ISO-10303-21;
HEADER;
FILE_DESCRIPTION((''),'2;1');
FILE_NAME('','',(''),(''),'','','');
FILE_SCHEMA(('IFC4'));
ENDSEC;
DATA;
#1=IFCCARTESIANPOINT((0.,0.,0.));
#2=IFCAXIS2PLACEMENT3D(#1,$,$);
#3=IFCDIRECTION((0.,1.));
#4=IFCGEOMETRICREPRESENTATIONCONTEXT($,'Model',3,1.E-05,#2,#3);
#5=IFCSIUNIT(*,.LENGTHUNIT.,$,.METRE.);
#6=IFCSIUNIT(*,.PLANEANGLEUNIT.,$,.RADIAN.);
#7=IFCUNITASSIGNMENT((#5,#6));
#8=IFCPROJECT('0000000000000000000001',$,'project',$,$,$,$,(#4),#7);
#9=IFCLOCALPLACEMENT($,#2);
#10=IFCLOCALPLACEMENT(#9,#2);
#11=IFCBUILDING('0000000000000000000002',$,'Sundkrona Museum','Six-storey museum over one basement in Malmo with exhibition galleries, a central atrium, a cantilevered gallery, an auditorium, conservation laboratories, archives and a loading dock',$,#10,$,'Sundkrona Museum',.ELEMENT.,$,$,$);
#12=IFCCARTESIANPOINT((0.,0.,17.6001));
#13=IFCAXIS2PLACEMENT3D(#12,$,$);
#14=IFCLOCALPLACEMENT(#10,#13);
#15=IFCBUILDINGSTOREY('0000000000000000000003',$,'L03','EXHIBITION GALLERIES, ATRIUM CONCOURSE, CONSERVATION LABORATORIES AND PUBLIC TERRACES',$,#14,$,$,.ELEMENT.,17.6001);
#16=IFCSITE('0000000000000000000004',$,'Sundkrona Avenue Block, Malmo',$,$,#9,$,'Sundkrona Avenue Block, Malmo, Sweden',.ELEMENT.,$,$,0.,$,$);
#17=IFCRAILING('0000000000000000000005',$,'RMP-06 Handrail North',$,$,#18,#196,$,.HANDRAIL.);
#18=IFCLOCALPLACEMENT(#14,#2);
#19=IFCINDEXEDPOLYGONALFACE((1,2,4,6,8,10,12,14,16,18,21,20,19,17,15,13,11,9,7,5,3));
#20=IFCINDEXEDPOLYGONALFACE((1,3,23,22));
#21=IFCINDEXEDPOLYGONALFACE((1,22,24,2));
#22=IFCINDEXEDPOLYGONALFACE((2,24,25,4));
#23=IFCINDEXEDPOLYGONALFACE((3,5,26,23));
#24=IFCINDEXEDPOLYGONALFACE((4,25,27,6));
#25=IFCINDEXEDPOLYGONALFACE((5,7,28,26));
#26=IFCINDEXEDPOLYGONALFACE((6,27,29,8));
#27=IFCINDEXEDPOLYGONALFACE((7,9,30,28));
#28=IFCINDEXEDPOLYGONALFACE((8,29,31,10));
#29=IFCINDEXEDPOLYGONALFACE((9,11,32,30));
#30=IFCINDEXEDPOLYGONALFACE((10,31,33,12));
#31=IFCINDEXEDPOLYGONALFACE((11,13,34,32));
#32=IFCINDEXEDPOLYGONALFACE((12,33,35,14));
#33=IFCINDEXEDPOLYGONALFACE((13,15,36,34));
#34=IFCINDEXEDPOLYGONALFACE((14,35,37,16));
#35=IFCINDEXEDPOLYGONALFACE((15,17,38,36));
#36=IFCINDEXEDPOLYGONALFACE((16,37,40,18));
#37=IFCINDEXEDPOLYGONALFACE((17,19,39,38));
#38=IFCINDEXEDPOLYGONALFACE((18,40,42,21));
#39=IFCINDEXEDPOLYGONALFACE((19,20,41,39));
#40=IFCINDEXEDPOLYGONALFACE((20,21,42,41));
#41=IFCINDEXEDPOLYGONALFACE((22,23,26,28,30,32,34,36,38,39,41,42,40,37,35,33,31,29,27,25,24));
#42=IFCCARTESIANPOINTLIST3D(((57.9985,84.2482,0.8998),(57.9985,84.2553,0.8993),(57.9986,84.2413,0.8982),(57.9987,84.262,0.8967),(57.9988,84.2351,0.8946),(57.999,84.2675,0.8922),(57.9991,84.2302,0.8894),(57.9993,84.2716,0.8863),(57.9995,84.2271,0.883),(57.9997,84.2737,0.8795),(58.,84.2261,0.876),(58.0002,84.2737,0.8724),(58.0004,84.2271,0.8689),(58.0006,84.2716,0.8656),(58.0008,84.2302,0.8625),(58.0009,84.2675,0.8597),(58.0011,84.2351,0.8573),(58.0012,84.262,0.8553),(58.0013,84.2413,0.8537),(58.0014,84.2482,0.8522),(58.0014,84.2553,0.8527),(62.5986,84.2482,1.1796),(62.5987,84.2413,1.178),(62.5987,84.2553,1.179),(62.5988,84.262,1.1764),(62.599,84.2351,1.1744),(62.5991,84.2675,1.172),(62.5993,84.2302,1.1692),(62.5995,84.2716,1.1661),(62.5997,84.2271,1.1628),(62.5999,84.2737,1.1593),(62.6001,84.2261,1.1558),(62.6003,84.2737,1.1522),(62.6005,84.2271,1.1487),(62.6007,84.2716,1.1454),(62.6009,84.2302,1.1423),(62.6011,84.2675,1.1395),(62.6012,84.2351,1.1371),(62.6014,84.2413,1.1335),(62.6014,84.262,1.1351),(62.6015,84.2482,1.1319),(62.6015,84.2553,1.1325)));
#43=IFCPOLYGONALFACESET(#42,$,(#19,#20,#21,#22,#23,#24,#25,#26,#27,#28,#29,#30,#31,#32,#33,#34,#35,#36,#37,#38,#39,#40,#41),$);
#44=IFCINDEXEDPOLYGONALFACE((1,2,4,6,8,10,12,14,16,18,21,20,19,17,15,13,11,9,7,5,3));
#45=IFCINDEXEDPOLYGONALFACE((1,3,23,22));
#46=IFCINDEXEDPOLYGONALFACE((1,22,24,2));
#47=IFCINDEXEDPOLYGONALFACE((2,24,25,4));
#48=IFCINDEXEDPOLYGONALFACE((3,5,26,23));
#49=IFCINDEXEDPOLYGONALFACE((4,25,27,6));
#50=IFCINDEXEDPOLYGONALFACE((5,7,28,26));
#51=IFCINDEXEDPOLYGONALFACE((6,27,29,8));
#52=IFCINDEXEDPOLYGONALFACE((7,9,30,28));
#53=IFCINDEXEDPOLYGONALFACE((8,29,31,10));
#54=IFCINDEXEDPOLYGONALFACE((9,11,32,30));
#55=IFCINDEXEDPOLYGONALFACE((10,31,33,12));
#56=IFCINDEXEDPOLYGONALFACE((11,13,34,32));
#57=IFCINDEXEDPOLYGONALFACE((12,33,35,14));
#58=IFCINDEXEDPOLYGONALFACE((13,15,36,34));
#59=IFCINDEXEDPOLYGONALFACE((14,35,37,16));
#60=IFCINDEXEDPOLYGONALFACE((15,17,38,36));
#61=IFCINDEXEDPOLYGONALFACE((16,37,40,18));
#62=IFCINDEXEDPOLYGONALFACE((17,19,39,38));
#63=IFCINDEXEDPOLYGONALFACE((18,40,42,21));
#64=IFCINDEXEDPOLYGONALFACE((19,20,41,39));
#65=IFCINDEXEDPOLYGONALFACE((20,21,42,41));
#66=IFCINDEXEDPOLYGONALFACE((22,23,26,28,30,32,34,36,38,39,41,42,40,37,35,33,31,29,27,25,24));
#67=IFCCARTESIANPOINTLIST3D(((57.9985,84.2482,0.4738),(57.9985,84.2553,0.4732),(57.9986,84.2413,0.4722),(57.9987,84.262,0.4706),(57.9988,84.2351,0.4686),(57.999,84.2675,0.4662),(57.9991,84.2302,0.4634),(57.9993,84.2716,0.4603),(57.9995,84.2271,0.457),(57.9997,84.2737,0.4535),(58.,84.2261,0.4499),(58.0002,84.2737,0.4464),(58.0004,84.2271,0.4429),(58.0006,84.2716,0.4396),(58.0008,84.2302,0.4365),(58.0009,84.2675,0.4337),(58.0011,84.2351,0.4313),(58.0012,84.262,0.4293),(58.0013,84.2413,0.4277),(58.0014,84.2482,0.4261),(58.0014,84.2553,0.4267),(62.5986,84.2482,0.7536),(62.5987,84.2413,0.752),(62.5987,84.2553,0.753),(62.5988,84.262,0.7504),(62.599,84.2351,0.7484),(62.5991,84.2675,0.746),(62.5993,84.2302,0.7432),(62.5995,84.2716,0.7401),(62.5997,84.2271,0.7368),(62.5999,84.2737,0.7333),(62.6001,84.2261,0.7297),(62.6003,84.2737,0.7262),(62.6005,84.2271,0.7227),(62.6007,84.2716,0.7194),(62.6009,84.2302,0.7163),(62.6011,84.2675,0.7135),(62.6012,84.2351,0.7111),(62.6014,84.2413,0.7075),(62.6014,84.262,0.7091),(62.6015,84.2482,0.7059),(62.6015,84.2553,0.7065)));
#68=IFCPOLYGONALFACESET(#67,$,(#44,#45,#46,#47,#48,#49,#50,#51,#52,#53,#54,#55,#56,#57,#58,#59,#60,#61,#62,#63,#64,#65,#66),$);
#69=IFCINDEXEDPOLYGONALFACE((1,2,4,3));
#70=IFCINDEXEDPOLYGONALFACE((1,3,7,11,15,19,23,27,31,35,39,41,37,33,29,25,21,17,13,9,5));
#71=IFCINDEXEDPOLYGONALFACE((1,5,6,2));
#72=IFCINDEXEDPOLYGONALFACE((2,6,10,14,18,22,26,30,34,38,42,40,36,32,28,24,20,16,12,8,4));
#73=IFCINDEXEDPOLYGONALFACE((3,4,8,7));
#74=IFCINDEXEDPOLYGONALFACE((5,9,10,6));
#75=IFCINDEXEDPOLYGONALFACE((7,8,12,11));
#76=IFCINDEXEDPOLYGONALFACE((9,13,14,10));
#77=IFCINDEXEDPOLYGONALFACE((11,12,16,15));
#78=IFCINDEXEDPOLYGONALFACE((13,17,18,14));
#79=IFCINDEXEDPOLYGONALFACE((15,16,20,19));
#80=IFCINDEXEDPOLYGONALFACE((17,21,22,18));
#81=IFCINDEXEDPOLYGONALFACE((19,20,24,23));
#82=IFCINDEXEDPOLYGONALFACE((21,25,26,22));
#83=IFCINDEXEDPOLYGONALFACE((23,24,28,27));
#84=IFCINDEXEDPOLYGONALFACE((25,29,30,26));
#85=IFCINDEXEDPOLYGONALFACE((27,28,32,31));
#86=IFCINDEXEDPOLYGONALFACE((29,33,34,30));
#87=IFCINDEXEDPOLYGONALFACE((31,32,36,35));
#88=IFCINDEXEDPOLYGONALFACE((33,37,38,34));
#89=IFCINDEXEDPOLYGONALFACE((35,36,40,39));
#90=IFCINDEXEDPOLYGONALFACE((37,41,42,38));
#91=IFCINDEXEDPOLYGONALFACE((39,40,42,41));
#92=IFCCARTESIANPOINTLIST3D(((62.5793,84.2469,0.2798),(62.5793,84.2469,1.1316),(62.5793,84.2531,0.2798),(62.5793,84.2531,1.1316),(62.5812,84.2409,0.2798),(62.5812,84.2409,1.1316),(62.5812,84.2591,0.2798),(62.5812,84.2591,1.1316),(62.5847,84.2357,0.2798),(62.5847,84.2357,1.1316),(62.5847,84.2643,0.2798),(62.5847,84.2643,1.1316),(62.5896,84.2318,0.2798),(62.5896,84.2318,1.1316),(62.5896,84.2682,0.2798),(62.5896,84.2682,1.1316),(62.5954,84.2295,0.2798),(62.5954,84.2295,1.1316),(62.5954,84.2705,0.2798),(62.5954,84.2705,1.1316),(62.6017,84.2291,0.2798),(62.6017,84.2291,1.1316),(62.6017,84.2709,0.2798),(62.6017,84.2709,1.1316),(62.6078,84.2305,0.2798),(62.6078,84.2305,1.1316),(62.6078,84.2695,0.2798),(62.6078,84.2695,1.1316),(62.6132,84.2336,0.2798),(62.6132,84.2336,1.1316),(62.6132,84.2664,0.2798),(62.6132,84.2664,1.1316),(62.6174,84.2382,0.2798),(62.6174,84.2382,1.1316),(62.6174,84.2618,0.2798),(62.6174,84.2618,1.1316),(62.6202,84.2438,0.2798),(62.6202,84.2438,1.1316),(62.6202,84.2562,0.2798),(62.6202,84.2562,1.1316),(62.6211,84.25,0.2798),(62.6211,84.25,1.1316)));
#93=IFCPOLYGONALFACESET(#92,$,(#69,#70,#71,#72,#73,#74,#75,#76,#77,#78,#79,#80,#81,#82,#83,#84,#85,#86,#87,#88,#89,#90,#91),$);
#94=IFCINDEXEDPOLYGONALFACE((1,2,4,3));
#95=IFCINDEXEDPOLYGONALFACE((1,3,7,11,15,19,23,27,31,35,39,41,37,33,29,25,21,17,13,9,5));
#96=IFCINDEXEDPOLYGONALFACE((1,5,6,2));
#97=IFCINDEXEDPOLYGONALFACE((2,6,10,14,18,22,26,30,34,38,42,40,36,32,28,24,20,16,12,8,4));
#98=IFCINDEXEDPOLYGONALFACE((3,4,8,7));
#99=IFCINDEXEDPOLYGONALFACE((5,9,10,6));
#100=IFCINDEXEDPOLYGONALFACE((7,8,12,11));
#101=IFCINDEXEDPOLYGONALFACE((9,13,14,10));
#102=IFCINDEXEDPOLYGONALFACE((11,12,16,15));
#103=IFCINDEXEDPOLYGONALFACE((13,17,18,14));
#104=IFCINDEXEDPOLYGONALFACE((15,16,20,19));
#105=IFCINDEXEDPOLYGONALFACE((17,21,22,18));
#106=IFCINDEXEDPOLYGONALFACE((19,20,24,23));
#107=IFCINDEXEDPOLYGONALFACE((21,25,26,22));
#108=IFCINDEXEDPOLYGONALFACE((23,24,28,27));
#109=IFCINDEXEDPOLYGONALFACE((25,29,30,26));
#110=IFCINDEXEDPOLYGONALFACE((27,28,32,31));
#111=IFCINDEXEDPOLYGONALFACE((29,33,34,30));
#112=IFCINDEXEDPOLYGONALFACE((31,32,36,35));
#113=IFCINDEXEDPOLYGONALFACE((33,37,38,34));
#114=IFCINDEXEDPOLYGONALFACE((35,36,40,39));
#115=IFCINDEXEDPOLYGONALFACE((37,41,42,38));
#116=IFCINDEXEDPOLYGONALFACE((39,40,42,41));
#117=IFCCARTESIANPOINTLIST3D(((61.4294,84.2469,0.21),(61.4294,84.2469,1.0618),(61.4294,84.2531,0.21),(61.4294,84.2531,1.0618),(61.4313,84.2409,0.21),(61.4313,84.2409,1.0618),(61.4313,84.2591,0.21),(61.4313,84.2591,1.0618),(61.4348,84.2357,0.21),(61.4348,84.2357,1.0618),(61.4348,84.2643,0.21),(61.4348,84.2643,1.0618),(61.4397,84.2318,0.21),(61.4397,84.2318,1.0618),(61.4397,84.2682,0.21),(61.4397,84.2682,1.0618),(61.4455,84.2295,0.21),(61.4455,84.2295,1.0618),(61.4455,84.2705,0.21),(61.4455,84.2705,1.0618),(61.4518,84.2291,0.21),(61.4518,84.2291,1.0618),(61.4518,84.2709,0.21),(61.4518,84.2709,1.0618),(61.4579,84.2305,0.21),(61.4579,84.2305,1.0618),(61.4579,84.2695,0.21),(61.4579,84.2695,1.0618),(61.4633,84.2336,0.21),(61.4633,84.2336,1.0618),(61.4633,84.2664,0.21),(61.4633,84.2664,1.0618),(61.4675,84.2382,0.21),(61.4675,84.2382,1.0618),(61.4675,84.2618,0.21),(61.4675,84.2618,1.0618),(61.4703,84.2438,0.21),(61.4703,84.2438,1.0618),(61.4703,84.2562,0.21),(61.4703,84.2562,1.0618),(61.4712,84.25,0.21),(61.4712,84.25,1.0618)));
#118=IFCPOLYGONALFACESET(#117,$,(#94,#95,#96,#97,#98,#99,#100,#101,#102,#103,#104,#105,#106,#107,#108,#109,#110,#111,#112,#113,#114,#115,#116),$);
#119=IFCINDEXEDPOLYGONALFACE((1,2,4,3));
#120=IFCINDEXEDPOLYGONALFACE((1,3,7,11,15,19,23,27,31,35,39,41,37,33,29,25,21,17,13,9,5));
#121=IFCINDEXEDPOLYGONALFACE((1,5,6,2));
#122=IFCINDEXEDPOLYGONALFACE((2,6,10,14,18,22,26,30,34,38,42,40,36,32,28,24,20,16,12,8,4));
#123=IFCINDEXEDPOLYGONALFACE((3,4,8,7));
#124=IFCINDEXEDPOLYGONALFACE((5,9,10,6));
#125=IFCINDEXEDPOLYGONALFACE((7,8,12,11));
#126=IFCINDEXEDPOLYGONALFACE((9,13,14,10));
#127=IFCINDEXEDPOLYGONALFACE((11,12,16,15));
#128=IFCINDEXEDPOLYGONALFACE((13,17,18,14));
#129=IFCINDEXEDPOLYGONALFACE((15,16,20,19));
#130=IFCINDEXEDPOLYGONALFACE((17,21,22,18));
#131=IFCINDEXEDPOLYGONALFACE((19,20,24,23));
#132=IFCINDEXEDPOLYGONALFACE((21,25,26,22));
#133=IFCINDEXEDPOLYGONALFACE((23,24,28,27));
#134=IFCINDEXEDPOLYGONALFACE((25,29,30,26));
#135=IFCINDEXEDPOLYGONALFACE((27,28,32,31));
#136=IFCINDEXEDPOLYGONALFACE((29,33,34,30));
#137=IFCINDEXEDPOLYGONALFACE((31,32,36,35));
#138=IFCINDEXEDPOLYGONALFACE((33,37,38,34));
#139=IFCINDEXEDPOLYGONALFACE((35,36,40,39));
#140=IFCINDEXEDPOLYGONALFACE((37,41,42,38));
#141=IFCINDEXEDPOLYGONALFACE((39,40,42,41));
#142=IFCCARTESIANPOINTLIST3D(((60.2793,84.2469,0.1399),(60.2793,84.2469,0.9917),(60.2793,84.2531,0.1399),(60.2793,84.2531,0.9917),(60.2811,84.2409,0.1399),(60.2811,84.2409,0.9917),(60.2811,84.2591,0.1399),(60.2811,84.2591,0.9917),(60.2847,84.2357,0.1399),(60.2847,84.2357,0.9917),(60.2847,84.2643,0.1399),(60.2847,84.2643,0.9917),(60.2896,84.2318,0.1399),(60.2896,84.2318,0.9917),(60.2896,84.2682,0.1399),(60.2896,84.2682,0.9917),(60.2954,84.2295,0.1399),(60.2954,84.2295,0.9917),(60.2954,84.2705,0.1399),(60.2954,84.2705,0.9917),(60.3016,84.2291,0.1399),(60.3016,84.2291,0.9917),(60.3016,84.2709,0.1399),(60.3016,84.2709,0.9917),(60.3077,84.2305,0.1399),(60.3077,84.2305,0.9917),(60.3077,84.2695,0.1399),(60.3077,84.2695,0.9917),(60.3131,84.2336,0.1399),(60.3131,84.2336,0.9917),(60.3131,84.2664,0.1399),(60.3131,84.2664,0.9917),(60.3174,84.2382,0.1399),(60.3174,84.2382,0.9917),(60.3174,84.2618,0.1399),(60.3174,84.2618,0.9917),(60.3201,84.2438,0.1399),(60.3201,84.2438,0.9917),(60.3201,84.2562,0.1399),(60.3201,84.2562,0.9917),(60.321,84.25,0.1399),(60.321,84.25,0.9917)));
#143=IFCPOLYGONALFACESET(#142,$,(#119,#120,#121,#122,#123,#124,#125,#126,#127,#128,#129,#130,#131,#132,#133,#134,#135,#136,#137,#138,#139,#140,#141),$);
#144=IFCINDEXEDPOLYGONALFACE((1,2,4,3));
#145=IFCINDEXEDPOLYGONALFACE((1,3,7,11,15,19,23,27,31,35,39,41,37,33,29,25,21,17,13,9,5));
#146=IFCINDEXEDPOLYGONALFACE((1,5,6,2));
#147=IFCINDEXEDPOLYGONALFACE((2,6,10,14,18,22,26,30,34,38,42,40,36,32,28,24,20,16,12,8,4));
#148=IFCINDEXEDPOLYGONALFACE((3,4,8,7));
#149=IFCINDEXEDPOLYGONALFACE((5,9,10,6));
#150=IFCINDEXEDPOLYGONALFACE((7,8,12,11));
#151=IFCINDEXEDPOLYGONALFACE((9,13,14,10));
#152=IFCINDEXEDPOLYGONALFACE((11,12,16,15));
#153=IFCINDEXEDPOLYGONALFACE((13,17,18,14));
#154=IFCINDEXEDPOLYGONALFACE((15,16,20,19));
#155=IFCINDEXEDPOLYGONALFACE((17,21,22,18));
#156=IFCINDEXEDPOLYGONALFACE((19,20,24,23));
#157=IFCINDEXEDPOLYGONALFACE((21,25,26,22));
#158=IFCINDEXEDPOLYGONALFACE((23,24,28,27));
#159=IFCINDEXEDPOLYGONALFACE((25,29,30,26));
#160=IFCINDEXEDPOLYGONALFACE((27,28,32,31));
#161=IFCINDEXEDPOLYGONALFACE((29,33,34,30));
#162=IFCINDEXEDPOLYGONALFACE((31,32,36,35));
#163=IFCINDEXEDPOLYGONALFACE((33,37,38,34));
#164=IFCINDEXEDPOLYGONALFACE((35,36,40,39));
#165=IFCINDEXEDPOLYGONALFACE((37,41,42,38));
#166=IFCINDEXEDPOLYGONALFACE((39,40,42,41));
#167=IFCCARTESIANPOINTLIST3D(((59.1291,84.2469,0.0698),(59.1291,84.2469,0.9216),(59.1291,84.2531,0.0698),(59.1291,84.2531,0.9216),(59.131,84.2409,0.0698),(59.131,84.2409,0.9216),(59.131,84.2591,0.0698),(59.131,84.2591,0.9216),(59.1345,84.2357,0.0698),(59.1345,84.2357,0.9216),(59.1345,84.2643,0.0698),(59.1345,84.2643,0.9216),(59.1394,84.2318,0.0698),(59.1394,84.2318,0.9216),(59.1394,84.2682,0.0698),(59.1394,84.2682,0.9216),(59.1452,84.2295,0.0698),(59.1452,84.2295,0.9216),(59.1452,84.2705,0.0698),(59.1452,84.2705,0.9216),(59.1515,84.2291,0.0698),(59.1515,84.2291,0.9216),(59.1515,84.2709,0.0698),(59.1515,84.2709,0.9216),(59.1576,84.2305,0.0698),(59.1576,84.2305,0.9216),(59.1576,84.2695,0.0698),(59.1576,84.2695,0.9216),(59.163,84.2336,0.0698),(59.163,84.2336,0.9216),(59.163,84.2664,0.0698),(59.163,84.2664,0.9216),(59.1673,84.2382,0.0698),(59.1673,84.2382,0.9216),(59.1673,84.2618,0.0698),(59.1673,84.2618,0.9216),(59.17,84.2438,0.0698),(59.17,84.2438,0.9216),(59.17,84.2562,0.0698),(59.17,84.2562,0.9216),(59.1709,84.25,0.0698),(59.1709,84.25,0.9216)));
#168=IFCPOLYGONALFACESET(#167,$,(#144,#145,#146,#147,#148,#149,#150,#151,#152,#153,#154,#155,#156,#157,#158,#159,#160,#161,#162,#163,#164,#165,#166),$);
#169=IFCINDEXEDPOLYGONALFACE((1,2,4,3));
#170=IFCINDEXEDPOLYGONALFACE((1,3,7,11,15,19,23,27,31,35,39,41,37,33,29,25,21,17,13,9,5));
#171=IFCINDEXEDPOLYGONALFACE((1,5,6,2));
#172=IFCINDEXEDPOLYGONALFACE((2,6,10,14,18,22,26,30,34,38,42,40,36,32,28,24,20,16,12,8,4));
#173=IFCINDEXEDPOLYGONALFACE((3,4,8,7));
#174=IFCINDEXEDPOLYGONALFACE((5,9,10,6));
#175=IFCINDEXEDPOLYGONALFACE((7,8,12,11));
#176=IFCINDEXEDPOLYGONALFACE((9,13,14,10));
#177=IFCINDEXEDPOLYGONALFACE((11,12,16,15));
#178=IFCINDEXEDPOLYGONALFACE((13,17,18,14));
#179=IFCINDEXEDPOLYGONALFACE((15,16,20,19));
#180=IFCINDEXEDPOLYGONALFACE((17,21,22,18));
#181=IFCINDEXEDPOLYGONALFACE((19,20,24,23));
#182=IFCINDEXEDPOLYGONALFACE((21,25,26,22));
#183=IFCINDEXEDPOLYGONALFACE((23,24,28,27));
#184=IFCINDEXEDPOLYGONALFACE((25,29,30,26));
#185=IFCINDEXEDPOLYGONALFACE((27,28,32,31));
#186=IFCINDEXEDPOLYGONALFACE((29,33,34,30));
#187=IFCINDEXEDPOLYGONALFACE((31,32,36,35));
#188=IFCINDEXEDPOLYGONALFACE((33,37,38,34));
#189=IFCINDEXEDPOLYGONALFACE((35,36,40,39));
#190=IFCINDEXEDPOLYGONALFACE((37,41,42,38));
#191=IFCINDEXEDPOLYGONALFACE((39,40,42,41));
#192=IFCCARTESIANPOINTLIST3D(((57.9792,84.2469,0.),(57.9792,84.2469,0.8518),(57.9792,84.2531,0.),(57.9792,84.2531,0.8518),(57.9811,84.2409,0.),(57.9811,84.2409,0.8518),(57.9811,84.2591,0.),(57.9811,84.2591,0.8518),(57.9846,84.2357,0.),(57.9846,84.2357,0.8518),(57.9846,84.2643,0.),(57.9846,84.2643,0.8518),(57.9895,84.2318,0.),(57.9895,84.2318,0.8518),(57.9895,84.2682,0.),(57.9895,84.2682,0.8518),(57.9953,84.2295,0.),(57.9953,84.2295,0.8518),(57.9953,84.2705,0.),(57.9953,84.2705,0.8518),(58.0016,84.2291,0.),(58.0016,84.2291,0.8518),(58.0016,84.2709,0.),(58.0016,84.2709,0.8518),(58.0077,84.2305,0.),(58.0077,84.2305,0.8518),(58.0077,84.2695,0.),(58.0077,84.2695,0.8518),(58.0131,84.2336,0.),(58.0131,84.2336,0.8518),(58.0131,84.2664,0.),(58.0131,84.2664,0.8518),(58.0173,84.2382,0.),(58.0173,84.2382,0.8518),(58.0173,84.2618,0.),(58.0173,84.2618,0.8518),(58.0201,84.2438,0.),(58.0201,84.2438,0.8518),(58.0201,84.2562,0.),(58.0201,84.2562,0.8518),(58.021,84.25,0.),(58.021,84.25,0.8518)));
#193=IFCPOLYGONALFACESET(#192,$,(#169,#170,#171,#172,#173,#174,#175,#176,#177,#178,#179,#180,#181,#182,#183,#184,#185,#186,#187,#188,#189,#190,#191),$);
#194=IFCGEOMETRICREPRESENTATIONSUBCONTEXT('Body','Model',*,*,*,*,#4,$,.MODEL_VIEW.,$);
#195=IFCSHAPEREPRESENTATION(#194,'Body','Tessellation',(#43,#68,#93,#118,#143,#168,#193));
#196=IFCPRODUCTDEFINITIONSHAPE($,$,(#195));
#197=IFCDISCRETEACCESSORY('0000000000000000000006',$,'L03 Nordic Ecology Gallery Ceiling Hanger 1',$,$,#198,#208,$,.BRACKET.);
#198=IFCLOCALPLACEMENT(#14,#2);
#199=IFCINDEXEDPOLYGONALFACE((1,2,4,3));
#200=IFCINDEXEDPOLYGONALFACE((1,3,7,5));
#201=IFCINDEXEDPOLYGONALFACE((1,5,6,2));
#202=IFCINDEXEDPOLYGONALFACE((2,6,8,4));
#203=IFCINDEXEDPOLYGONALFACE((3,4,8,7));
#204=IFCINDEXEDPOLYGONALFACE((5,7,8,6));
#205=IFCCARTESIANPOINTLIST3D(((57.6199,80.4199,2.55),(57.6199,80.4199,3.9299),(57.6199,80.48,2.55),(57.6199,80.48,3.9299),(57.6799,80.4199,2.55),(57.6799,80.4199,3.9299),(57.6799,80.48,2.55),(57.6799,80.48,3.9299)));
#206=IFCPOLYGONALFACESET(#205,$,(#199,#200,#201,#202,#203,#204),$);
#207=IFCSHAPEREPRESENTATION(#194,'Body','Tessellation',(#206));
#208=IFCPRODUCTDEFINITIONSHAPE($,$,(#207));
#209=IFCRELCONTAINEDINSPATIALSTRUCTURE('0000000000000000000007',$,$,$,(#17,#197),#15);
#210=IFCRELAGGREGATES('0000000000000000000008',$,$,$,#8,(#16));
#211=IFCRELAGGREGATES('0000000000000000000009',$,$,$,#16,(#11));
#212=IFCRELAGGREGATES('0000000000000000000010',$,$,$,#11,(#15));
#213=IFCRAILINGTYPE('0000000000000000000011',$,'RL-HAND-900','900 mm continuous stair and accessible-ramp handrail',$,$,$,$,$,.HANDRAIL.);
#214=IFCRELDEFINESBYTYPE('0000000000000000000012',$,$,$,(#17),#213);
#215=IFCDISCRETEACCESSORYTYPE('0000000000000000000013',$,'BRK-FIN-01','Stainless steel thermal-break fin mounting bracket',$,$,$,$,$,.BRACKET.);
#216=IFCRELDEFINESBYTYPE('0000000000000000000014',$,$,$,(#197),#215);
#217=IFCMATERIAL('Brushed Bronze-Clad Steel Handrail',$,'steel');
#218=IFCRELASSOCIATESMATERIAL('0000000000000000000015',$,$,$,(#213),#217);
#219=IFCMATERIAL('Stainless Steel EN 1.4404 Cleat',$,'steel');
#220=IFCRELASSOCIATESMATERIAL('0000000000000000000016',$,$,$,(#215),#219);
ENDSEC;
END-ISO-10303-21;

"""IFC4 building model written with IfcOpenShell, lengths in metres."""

from ifc_helpers import new_model, si_unit, direction, frame, origin, origin_2d, place, context, subcontext, project, spatial, rectangle, circle, extrude, material, type_object, element, save


model = new_model("IFC4")

# Units and contexts
model_context = context("Model", 3, precision=1e-05, world=origin(), true_north=direction((0.0, 1.0)))
body_context = subcontext(model_context, "Body", "Model", "MODEL_VIEW")
ifc_project = project(units=[si_unit("LENGTHUNIT", "METRE"), si_unit("PLANEANGLEUNIT", "RADIAN")], contexts=[model_context])

# Site, building, storey
site_placement = place(None, origin())
site = spatial("IfcSite", under=ifc_project, at=site_placement, Name="Sundkrona Avenue Block, Malmo", LongName="Sundkrona Avenue Block, Malmo, Sweden", CompositionType="ELEMENT", RefElevation=0.0)
building_placement = place(site_placement, origin())
building = spatial("IfcBuilding", under=site, at=building_placement, Name="Sundkrona Museum", Description="Six-storey museum over one basement in Malmo with exhibition galleries, a central atrium, a cantilevered gallery, an auditorium, conservation laboratories, archives and a loading dock", LongName="Sundkrona Museum", CompositionType="ELEMENT")
storey_placement = place(building_placement, frame((0.0, 0.0, 17.6001)))
storey = spatial("IfcBuildingStorey", under=building, at=storey_placement, Name="L03", Description="EXHIBITION GALLERIES, ATRIUM CONCOURSE, CONSERVATION LABORATORIES AND PUBLIC TERRACES", CompositionType="ELEMENT", Elevation=17.6001)

# Railing
ifc_material_1 = material(Name="Brushed Bronze-Clad Steel Handrail", Category="steel")
railing_type = type_object("IfcRailingType", Name="RL-HAND-900", Description="900 mm continuous stair and accessible-ramp handrail", PredefinedType="HANDRAIL", material=ifc_material_1)
railing_1_placement = place(storey_placement, frame((62.6001, 84.25, 0.2798)))
element("IfcRailing", 1, at=railing_1_placement, inside=storey, type_object=railing_type, Name="RMP-06 Handrail North", PredefinedType="HANDRAIL", context=body_context, shape_type="SweptSolid", body=[
    extrude(circle(Radius=0.0239, at=origin_2d()), frame((0.0, 0.0, 0.876), z_axis=(-0.998155, 0.0, -0.060709), x_axis=(0.0, -1.0, 0.0)), (0.0, 0.0, 1.0), 4.6086),
    extrude(circle(Radius=0.0239, at=origin_2d()), frame((0.0, 0.0, 0.45), z_axis=(-0.998155, 0.0, -0.060709), x_axis=(0.0, -1.0, 0.0)), (0.0, 0.0, 1.0), 4.6086),
    extrude(circle(Radius=0.021, at=origin_2d()), origin(), (0.0, 0.0, 1.0), 0.8518),
    extrude(circle(Radius=0.021, at=origin_2d()), frame((-1.1499, 0.0, -0.0698)), (0.0, 0.0, 1.0), 0.8518),
    extrude(circle(Radius=0.021, at=origin_2d()), frame((-2.3, 0.0, -0.1399)), (0.0, 0.0, 1.0), 0.8518),
    extrude(circle(Radius=0.021, at=origin_2d()), frame((-3.4502, 0.0, -0.21)), (0.0, 0.0, 1.0), 0.8518),
    extrude(circle(Radius=0.021, at=origin_2d()), frame((-4.6001, 0.0, -0.2798)), (0.0, 0.0, 1.0), 0.8518),
])

# Discrete accessory
ifc_material_2 = material(Name="Stainless Steel EN 1.4404 Cleat", Category="steel")
discrete_accessory_type = type_object("IfcDiscreteAccessoryType", Name="BRK-FIN-01", Description="Stainless steel thermal-break fin mounting bracket", PredefinedType="BRACKET", material=ifc_material_2)
for number, where, z_axis, x_axis, name in (
    (2, (57.6499, 80.45, 2.55), (0.0, 0.0, 1.0), (1.0, 0.0, 0.0), "L03 Nordic Ecology Gallery Ceiling Hanger 1"),
):
    element("IfcDiscreteAccessory", number, at=place(storey_placement, frame(where, z_axis=z_axis, x_axis=x_axis)), inside=storey, type_object=discrete_accessory_type, Name=name, PredefinedType="BRACKET", context=body_context, shape_type="SweptSolid", body=[
        extrude(rectangle(XDim=0.0601, YDim=0.0601, at=origin_2d()), origin(), (0.0, 0.0, 1.0), 1.3799),
    ])

save(model, "model.ifc")
